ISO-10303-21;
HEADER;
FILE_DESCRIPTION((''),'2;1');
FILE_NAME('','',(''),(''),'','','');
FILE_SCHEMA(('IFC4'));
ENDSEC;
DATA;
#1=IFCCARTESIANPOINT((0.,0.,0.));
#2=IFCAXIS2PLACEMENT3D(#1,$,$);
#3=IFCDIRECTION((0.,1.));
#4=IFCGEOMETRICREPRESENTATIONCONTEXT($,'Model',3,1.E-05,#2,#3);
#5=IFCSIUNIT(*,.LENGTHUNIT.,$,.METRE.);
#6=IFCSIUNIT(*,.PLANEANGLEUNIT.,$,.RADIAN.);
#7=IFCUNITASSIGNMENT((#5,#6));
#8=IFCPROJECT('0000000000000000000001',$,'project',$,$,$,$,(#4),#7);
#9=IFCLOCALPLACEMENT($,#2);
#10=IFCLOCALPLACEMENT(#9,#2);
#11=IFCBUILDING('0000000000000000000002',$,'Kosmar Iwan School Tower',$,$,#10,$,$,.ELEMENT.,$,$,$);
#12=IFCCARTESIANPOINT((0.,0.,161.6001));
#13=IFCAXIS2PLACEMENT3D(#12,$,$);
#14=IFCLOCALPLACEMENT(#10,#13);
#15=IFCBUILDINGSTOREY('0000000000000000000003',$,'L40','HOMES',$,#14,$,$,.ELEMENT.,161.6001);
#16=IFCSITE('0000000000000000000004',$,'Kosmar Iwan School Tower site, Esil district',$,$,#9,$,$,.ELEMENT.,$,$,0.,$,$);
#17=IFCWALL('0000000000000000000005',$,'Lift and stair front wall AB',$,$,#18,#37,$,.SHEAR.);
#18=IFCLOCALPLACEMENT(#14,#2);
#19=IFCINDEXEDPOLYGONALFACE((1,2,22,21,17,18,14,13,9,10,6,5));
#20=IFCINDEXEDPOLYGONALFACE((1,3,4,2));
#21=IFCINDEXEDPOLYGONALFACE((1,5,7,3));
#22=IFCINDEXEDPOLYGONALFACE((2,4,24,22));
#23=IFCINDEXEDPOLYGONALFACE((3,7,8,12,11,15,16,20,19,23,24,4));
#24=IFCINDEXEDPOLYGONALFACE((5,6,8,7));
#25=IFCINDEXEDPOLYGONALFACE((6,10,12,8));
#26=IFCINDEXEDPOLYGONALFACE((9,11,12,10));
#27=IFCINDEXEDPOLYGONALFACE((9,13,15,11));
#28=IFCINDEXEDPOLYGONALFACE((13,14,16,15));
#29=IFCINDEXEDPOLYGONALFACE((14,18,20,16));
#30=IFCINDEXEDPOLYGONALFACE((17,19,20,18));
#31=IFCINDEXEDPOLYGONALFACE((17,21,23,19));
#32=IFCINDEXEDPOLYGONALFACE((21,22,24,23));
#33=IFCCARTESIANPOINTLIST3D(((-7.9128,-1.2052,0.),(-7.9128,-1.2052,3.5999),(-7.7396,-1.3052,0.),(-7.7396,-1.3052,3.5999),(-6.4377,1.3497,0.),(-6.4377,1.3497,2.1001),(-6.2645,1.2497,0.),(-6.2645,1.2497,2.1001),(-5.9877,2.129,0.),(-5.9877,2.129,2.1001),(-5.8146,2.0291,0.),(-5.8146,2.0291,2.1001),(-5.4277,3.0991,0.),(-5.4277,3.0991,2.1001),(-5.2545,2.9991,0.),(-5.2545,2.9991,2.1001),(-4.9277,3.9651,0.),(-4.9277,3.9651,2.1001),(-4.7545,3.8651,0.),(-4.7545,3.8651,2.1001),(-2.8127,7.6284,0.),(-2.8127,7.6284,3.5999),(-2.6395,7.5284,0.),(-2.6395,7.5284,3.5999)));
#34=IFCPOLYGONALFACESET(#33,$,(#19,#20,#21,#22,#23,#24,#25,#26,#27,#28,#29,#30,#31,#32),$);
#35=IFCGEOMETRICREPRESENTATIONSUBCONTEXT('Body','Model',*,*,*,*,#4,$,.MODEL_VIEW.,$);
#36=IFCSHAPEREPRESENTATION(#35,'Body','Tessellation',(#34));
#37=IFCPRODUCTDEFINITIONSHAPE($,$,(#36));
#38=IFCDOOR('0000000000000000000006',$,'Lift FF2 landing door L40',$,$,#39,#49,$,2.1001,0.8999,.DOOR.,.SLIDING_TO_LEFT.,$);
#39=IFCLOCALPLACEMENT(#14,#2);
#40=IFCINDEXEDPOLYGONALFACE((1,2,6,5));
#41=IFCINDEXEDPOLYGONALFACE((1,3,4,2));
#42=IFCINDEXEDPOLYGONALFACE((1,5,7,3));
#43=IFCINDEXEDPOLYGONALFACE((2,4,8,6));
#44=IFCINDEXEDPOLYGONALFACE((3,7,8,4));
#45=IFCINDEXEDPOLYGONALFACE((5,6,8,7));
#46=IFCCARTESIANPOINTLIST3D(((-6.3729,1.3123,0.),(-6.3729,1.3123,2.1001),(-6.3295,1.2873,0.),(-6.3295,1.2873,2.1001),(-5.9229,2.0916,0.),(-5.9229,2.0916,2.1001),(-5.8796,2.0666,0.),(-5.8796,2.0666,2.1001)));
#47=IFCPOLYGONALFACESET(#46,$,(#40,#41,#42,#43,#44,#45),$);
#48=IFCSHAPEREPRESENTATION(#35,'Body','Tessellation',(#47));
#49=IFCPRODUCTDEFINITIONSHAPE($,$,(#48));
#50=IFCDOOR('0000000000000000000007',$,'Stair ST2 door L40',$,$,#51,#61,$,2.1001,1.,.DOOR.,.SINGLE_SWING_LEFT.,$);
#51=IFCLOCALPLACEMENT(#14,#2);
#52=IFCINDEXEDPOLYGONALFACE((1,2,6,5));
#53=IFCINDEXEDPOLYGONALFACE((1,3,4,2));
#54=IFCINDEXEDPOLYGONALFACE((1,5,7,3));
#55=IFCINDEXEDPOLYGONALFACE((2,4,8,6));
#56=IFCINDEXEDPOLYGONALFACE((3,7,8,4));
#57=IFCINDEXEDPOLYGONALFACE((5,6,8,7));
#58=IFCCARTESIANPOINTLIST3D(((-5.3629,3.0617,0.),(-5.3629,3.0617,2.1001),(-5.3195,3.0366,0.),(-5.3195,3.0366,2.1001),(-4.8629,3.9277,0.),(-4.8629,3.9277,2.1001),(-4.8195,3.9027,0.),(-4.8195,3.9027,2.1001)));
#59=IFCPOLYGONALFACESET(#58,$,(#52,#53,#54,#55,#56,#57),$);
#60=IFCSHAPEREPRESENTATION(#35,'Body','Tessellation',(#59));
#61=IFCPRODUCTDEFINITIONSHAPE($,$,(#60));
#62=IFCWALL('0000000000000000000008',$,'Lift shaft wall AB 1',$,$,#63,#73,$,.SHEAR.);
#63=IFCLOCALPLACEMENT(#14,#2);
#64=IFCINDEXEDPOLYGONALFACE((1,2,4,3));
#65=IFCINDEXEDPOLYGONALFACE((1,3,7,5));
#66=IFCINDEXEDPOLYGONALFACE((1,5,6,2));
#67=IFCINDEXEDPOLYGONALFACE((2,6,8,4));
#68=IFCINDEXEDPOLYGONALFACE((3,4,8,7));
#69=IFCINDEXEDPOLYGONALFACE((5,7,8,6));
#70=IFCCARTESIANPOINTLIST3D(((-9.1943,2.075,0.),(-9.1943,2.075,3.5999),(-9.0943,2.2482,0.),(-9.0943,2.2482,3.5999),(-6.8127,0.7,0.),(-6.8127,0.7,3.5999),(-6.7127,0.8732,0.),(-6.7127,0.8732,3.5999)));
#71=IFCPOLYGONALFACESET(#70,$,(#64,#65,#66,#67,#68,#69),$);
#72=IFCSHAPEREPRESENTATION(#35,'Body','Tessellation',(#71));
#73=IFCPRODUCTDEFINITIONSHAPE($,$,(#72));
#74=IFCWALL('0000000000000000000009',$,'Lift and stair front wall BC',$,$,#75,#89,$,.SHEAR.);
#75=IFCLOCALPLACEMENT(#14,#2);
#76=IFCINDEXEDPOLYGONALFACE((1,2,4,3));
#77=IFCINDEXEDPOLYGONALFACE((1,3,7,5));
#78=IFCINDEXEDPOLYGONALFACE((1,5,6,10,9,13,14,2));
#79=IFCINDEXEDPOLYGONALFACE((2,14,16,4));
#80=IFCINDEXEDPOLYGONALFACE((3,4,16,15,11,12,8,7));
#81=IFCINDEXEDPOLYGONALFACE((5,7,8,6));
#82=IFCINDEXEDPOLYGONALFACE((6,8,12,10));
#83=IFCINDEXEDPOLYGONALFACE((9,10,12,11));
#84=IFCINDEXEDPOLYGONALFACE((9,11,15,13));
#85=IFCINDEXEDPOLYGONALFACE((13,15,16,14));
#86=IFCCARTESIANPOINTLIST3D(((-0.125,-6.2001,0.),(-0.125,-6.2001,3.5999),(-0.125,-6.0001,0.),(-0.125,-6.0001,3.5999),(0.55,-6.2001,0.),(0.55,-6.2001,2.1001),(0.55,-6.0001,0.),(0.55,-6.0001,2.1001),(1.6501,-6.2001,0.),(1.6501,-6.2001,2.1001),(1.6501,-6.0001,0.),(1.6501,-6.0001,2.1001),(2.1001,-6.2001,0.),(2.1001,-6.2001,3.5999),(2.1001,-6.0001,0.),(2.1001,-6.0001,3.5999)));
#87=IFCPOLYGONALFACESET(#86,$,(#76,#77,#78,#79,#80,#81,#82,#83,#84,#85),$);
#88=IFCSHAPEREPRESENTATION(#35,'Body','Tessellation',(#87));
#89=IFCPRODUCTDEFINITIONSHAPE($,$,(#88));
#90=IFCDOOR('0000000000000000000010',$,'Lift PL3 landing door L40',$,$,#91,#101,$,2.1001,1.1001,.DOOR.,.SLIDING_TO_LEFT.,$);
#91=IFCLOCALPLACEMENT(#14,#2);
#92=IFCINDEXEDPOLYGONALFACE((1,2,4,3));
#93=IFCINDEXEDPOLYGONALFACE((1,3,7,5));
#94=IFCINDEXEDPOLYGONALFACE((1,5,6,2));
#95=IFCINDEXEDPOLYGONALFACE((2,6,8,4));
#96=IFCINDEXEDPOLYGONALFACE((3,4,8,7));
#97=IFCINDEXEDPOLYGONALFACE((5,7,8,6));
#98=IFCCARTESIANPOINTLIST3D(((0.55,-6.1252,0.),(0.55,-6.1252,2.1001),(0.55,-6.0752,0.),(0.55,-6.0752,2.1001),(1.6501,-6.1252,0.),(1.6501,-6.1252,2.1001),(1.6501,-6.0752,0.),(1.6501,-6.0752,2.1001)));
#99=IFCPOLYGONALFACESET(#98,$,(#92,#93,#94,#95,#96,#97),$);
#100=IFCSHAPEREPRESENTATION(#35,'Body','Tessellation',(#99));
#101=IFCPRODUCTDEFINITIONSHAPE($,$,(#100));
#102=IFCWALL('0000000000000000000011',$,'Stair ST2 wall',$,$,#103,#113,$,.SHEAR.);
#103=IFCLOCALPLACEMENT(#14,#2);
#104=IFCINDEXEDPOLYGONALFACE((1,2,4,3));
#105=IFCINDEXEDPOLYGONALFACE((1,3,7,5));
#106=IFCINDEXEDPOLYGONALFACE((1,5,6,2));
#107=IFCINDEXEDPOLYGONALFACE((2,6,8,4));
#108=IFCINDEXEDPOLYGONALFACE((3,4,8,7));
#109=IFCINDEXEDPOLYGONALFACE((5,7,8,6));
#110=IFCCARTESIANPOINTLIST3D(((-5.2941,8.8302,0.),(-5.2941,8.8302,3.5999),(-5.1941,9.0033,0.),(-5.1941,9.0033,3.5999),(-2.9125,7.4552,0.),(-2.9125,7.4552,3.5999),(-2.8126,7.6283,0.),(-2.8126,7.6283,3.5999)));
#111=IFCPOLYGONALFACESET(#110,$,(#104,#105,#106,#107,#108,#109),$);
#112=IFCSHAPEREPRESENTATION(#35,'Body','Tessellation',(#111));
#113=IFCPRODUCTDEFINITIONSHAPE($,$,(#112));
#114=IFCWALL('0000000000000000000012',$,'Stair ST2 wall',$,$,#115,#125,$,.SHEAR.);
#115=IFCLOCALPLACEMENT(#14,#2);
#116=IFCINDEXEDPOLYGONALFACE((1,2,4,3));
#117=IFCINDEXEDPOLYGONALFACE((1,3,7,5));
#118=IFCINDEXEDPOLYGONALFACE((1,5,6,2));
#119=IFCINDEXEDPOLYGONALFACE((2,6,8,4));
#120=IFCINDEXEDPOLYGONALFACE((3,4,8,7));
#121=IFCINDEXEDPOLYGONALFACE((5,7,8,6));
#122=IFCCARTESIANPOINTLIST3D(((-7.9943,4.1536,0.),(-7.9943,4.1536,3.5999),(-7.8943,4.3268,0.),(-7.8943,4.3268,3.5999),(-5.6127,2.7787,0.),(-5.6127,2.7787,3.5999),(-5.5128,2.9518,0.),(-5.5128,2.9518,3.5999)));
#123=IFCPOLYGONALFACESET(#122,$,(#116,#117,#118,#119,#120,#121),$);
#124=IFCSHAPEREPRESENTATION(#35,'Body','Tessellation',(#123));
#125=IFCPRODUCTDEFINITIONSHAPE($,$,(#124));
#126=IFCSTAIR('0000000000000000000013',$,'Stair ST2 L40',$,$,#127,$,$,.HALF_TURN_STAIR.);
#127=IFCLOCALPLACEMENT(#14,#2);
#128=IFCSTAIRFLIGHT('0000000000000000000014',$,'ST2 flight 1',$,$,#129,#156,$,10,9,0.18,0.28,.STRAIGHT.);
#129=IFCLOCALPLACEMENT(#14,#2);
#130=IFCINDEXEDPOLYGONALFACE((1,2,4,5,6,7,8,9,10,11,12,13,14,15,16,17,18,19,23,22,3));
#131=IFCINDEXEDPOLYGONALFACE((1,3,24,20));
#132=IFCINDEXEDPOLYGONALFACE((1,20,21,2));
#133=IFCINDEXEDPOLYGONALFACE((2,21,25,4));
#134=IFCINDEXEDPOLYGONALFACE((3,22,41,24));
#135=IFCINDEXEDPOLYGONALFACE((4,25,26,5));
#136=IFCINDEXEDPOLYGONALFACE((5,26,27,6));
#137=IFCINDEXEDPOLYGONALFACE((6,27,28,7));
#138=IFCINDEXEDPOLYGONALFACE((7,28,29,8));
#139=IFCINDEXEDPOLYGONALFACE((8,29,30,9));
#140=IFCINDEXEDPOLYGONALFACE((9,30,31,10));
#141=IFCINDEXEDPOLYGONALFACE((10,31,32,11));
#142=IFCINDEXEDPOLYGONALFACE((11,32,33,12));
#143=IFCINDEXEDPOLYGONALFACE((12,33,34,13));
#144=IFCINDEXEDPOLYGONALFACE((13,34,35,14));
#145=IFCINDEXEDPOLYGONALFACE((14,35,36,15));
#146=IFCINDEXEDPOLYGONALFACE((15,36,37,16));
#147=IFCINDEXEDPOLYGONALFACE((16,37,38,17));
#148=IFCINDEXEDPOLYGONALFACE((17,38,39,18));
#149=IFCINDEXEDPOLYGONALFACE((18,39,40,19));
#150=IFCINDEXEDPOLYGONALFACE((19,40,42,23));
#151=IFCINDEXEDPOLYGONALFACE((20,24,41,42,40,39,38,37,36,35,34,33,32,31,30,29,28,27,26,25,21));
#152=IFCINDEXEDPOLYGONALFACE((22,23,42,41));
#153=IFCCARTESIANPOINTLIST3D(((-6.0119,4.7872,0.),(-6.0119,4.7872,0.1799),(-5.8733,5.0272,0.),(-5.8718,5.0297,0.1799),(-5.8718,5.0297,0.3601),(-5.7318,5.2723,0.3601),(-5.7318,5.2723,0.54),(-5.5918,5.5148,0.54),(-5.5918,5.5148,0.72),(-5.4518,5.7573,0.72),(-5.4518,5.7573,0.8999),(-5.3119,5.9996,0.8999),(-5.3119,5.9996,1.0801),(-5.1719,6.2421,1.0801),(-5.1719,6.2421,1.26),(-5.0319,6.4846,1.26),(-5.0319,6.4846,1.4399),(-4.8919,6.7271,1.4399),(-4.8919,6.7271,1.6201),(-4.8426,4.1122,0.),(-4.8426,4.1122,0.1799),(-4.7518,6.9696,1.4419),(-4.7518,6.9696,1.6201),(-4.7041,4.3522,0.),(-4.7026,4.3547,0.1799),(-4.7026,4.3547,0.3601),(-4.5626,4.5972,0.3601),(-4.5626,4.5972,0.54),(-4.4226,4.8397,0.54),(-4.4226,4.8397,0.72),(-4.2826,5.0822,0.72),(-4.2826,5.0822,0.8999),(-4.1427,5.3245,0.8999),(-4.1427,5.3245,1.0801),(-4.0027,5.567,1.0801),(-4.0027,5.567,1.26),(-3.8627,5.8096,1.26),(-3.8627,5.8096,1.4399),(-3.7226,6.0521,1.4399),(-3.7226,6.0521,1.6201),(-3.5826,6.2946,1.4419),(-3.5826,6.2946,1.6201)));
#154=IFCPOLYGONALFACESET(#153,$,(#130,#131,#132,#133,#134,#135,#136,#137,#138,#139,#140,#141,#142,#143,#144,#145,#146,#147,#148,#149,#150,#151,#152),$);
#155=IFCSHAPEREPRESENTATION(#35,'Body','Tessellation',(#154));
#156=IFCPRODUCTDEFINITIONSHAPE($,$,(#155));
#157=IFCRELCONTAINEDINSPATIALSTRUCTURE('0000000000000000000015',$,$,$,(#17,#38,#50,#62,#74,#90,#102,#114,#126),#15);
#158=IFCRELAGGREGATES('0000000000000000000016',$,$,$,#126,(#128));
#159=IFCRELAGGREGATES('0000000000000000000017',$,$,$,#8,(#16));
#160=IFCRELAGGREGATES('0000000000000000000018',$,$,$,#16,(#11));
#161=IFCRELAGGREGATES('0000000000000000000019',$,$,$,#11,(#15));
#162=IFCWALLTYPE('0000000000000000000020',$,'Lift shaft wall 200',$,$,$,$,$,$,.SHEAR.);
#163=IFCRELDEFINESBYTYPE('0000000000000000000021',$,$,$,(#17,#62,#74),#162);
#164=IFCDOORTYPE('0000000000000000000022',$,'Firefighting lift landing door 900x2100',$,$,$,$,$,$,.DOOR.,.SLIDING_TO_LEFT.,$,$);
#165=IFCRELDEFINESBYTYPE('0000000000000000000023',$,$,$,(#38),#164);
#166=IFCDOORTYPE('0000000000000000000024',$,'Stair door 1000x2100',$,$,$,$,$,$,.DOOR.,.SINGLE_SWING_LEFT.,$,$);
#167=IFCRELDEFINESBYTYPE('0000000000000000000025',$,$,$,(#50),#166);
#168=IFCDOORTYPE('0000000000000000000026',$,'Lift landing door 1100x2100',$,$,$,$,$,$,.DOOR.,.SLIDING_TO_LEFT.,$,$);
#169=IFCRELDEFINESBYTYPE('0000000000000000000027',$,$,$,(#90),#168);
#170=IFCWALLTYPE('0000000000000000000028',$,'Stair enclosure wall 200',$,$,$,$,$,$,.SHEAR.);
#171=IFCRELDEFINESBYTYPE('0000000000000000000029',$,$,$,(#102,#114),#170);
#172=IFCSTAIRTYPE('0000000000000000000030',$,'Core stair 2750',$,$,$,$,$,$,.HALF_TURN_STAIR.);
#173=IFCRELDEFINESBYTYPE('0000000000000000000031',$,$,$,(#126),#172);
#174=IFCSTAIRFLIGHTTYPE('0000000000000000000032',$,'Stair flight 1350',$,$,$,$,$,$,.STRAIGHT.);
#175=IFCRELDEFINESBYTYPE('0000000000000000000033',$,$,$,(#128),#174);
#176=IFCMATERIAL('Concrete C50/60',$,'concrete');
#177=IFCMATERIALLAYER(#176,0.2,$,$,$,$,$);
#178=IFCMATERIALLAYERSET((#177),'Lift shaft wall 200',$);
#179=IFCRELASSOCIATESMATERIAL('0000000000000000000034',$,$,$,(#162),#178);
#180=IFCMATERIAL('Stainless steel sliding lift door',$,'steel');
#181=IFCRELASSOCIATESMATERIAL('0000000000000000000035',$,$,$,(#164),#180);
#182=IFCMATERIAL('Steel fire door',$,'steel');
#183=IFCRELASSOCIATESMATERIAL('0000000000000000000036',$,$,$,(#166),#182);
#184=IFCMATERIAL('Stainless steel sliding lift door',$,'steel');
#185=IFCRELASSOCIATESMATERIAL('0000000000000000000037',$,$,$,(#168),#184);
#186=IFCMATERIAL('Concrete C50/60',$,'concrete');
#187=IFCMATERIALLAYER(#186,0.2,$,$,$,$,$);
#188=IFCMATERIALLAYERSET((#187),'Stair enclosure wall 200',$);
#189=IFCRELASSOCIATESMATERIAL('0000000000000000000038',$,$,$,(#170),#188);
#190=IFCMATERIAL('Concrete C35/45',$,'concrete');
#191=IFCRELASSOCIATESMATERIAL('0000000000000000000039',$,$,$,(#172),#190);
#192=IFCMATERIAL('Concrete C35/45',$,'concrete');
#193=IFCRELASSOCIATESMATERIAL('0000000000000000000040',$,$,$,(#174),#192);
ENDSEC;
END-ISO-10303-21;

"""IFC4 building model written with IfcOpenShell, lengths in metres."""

from ifc_helpers import new_model, si_unit, direction, frame, frame_2d, origin, place, context, subcontext, project, spatial, polyline, rectangle, outline, extrude, material, layer, layer_set, type_object, element, fill, aggregate, save


model = new_model("IFC4")

# Units and contexts
model_context = context("Model", 3, precision=1e-05, world=origin(), true_north=direction((0.0, 1.0)))
body_context = subcontext(model_context, "Body", "Model", "MODEL_VIEW")
ifc_project = project(units=[si_unit("LENGTHUNIT", "METRE"), si_unit("PLANEANGLEUNIT", "RADIAN")], contexts=[model_context])

# Site, building, storey
site_placement = place(None, origin())
site = spatial("IfcSite", under=ifc_project, at=site_placement, Name="Kosmar Iwan School Tower site, Esil district", CompositionType="ELEMENT", RefElevation=0.0)
building_placement = place(site_placement, origin())
building = spatial("IfcBuilding", under=site, at=building_placement, Name="Kosmar Iwan School Tower", CompositionType="ELEMENT")
storey_placement = place(building_placement, frame((0.0, 0.0, 161.6001)))
storey = spatial("IfcBuildingStorey", under=building, at=storey_placement, Name="L40", Description="HOMES", CompositionType="ELEMENT", Elevation=161.6001)

# Wall, openings, doors
ifc_material_1 = material(Name="Concrete C50/60", Category="concrete")
ifc_layer_1 = layer(ifc_material_1, 0.2)
ifc_layer_set_1 = layer_set([ifc_layer_1], Name="Lift shaft wall 200")
wall_type_1 = type_object("IfcWallType", Name="Lift shaft wall 200", PredefinedType="SHEAR", material=ifc_layer_set_1)
wall_1_placement = place(storey_placement, frame((-2.7261, 7.5784, 0.0), z_axis=(0.0, 0.0, 1.0), x_axis=(-0.500006, -0.866022, 0.0)))
wall_1 = element("IfcWall", 1, at=wall_1_placement, inside=storey, type_object=wall_type_1, Name="Lift and stair front wall AB", PredefinedType="SHEAR", context=body_context, shape_type="SweptSolid", body=[
    extrude(rectangle(XDim=10.2002, YDim=0.2, at=frame_2d((5.1001, 0.0))), origin(), (0.0, 0.0, 1.0), 3.5999),
])
opening_1_placement = place(wall_1_placement, frame((6.3501, 0.0, 0.0)))
opening_1 = element("IfcOpeningElement", 2, at=opening_1_placement, cuts=wall_1, PredefinedType="OPENING", context=body_context, shape_type="SweptSolid", body=[
    extrude(rectangle(XDim=0.8999, YDim=2.1001, at=frame_2d((0.45, 1.05))), frame((0.0, 0.1121, 0.0), z_axis=(0.0, -1.0, 0.0), x_axis=(1.0, 0.0, 0.0)), (0.0, 0.0, 1.0), 0.2239),
])
opening_2_placement = place(wall_1_placement, frame((4.23, 0.0, 0.0)))
opening_2 = element("IfcOpeningElement", 3, at=opening_2_placement, cuts=wall_1, PredefinedType="OPENING", context=body_context, shape_type="SweptSolid", body=[
    extrude(rectangle(XDim=1.0, YDim=2.1001, at=frame_2d((0.5, 1.05))), frame((0.0, 0.1121, 0.0), z_axis=(0.0, -1.0, 0.0), x_axis=(1.0, 0.0, 0.0)), (0.0, 0.0, 1.0), 0.2239),
])
ifc_material_2 = material(Name="Stainless steel sliding lift door", Category="steel")
door_type_1 = type_object("IfcDoorType", Name="Firefighting lift landing door 900x2100", OperationType="SLIDING_TO_LEFT", PredefinedType="DOOR", material=ifc_material_2)
door_1_placement = place(opening_1_placement, origin())
door_1 = element("IfcDoor", 4, at=door_1_placement, inside=storey, type_object=door_type_1, Name="Lift FF2 landing door L40", OperationType="SLIDING_TO_LEFT", OverallHeight=2.1001, OverallWidth=0.8999, PredefinedType="DOOR", context=body_context, shape_type="SweptSolid", body=[
    extrude(rectangle(XDim=0.8999, YDim=2.1001, at=frame_2d((0.45, 1.05))), frame((0.0, 0.0249, 0.0), z_axis=(0.0, -1.0, 0.0), x_axis=(1.0, 0.0, 0.0)), (0.0, 0.0, 1.0), 0.05),
])
fill(opening_1, door_1)
ifc_material_3 = material(Name="Steel fire door", Category="steel")
door_type_2 = type_object("IfcDoorType", Name="Stair door 1000x2100", OperationType="SINGLE_SWING_LEFT", PredefinedType="DOOR", material=ifc_material_3)
door_2_placement = place(opening_2_placement, origin())
door_2 = element("IfcDoor", 5, at=door_2_placement, inside=storey, type_object=door_type_2, Name="Stair ST2 door L40", OperationType="SINGLE_SWING_LEFT", OverallHeight=2.1001, OverallWidth=1.0, PredefinedType="DOOR", context=body_context, shape_type="SweptSolid", body=[
    extrude(rectangle(XDim=1.0, YDim=2.1001, at=frame_2d((0.5, 1.05))), frame((0.0, 0.0249, 0.0), z_axis=(0.0, -1.0, 0.0), x_axis=(1.0, 0.0, 0.0)), (0.0, 0.0, 1.0), 0.05),
])
fill(opening_2, door_2)

# Wall
wall_2_placement = place(storey_placement, frame((-6.7627, 0.7866, 0.0), z_axis=(0.0, 0.0, 1.0), x_axis=(-0.866027, 0.499997, 0.0)))
element("IfcWall", 6, at=wall_2_placement, inside=storey, type_object=wall_type_1, Name="Lift shaft wall AB 1", PredefinedType="SHEAR", context=body_context, shape_type="SweptSolid", body=[
    extrude(rectangle(XDim=2.75, YDim=0.2, at=frame_2d((1.375, 0.0))), origin(), (0.0, 0.0, 1.0), 3.5999),
])

# Wall, opening, door
wall_3_placement = place(storey_placement, frame((-0.125, -6.1001, 0.0), z_axis=(0.0, 0.0, 1.0), x_axis=(1.0, 0.0, 0.0)))
wall_3 = element("IfcWall", 7, at=wall_3_placement, inside=storey, type_object=wall_type_1, Name="Lift and stair front wall BC", PredefinedType="SHEAR", context=body_context, shape_type="SweptSolid", body=[
    extrude(rectangle(XDim=2.2251, YDim=0.2, at=frame_2d((1.1125, 0.0))), origin(), (0.0, 0.0, 1.0), 3.5999),
])
opening_3_placement = place(wall_3_placement, frame((0.675, 0.0, 0.0)))
opening_3 = element("IfcOpeningElement", 8, at=opening_3_placement, cuts=wall_3, PredefinedType="OPENING", context=body_context, shape_type="SweptSolid", body=[
    extrude(rectangle(XDim=1.1001, YDim=2.1001, at=frame_2d((0.55, 1.05))), frame((0.0, 0.1121, 0.0), z_axis=(0.0, -1.0, 0.0), x_axis=(1.0, 0.0, 0.0)), (0.0, 0.0, 1.0), 0.2239),
])
ifc_material_4 = material(Name="Stainless steel sliding lift door", Category="steel")
door_type_3 = type_object("IfcDoorType", Name="Lift landing door 1100x2100", OperationType="SLIDING_TO_LEFT", PredefinedType="DOOR", material=ifc_material_4)
door_3_placement = place(opening_3_placement, origin())
door_3 = element("IfcDoor", 9, at=door_3_placement, inside=storey, type_object=door_type_3, Name="Lift PL3 landing door L40", OperationType="SLIDING_TO_LEFT", OverallHeight=2.1001, OverallWidth=1.1001, PredefinedType="DOOR", context=body_context, shape_type="SweptSolid", body=[
    extrude(rectangle(XDim=1.1001, YDim=2.1001, at=frame_2d((0.55, 1.05))), frame((0.0, 0.0249, 0.0), z_axis=(0.0, -1.0, 0.0), x_axis=(1.0, 0.0, 0.0)), (0.0, 0.0, 1.0), 0.05),
])
fill(opening_3, door_3)

# Walls
ifc_material_5 = material(Name="Concrete C50/60", Category="concrete")
ifc_layer_2 = layer(ifc_material_5, 0.2)
ifc_layer_set_2 = layer_set([ifc_layer_2], Name="Stair enclosure wall 200")
wall_type_2 = type_object("IfcWallType", Name="Stair enclosure wall 200", PredefinedType="SHEAR", material=ifc_layer_set_2)
for number, where, z_axis, x_axis, name in (
    (10, (-2.8625, 7.5417, 0.0), (0.0, 0.0, 1.0), (-0.866027, 0.499997, 0.0), "Stair ST2 wall"),
    (11, (-5.5627, 2.8652, 0.0), (0.0, 0.0, 1.0), (-0.866027, 0.499997, 0.0), "Stair ST2 wall"),
):
    element("IfcWall", number, at=place(storey_placement, frame(where, z_axis=z_axis, x_axis=x_axis)), inside=storey, type_object=wall_type_2, Name=name, PredefinedType="SHEAR", context=body_context, shape_type="SweptSolid", body=[
        extrude(rectangle(XDim=2.75, YDim=0.2, at=frame_2d((1.375, 0.0))), origin(), (0.0, 0.0, 1.0), 3.5999),
    ])

# Stair, stair flight
ifc_material_6 = material(Name="Concrete C35/45", Category="concrete")
stair_type = type_object("IfcStairType", Name="Core stair 2750", PredefinedType="HALF_TURN_STAIR", material=ifc_material_6)
stair_placement = place(storey_placement, origin())
stair = element("IfcStair", 12, at=stair_placement, inside=storey, type_object=stair_type, Name="Stair ST2 L40", PredefinedType="HALF_TURN_STAIR")
ifc_material_7 = material(Name="Concrete C35/45", Category="concrete")
stair_flight_type = type_object("IfcStairFlightType", Name="Stair flight 1350", PredefinedType="STRAIGHT", material=ifc_material_7)
stair_flight_1_placement = place(storey_placement, frame((-5.4272, 4.4497, 0.0), z_axis=(0.0, 0.0, 1.0), x_axis=(0.5, 0.866025, 0.0)))
stair_flight_1 = element("IfcStairFlight", 13, at=stair_flight_1_placement, type_object=stair_flight_type, Name="ST2 flight 1", NumberOfRisers=10, NumberOfTreads=9, PredefinedType="STRAIGHT", RiserHeight=0.18, TreadLength=0.28, context=body_context, shape_type="SweptSolid", body=[
    extrude(outline(polyline([(0.0, 0.0), (0.0, 0.1799), (0.28, 0.1799), (0.28, 0.3601), (0.5601, 0.3601), (0.5601, 0.54), (0.8401, 0.54), (0.8401, 0.72), (1.1201, 0.72), (1.1201, 0.8999), (1.3999, 0.8999), (1.3999, 1.0801), (1.6799, 1.0801), (1.6799, 1.26), (1.96, 1.26), (1.96, 1.4399), (2.24, 1.4399), (2.24, 1.6201), (2.52, 1.6201), (2.52, 1.8), (2.52, 1.4419), (0.2771, 0.0), (0.0, 0.0)])), frame((0.0, 0.675, 0.0), z_axis=(0.0, -1.0, 0.0), x_axis=(1.0, 0.0, 0.0)), (0.0, 0.0, 1.0), 1.3501),
])
aggregate(stair, [stair_flight_1])

save(model, "model.ifc")
